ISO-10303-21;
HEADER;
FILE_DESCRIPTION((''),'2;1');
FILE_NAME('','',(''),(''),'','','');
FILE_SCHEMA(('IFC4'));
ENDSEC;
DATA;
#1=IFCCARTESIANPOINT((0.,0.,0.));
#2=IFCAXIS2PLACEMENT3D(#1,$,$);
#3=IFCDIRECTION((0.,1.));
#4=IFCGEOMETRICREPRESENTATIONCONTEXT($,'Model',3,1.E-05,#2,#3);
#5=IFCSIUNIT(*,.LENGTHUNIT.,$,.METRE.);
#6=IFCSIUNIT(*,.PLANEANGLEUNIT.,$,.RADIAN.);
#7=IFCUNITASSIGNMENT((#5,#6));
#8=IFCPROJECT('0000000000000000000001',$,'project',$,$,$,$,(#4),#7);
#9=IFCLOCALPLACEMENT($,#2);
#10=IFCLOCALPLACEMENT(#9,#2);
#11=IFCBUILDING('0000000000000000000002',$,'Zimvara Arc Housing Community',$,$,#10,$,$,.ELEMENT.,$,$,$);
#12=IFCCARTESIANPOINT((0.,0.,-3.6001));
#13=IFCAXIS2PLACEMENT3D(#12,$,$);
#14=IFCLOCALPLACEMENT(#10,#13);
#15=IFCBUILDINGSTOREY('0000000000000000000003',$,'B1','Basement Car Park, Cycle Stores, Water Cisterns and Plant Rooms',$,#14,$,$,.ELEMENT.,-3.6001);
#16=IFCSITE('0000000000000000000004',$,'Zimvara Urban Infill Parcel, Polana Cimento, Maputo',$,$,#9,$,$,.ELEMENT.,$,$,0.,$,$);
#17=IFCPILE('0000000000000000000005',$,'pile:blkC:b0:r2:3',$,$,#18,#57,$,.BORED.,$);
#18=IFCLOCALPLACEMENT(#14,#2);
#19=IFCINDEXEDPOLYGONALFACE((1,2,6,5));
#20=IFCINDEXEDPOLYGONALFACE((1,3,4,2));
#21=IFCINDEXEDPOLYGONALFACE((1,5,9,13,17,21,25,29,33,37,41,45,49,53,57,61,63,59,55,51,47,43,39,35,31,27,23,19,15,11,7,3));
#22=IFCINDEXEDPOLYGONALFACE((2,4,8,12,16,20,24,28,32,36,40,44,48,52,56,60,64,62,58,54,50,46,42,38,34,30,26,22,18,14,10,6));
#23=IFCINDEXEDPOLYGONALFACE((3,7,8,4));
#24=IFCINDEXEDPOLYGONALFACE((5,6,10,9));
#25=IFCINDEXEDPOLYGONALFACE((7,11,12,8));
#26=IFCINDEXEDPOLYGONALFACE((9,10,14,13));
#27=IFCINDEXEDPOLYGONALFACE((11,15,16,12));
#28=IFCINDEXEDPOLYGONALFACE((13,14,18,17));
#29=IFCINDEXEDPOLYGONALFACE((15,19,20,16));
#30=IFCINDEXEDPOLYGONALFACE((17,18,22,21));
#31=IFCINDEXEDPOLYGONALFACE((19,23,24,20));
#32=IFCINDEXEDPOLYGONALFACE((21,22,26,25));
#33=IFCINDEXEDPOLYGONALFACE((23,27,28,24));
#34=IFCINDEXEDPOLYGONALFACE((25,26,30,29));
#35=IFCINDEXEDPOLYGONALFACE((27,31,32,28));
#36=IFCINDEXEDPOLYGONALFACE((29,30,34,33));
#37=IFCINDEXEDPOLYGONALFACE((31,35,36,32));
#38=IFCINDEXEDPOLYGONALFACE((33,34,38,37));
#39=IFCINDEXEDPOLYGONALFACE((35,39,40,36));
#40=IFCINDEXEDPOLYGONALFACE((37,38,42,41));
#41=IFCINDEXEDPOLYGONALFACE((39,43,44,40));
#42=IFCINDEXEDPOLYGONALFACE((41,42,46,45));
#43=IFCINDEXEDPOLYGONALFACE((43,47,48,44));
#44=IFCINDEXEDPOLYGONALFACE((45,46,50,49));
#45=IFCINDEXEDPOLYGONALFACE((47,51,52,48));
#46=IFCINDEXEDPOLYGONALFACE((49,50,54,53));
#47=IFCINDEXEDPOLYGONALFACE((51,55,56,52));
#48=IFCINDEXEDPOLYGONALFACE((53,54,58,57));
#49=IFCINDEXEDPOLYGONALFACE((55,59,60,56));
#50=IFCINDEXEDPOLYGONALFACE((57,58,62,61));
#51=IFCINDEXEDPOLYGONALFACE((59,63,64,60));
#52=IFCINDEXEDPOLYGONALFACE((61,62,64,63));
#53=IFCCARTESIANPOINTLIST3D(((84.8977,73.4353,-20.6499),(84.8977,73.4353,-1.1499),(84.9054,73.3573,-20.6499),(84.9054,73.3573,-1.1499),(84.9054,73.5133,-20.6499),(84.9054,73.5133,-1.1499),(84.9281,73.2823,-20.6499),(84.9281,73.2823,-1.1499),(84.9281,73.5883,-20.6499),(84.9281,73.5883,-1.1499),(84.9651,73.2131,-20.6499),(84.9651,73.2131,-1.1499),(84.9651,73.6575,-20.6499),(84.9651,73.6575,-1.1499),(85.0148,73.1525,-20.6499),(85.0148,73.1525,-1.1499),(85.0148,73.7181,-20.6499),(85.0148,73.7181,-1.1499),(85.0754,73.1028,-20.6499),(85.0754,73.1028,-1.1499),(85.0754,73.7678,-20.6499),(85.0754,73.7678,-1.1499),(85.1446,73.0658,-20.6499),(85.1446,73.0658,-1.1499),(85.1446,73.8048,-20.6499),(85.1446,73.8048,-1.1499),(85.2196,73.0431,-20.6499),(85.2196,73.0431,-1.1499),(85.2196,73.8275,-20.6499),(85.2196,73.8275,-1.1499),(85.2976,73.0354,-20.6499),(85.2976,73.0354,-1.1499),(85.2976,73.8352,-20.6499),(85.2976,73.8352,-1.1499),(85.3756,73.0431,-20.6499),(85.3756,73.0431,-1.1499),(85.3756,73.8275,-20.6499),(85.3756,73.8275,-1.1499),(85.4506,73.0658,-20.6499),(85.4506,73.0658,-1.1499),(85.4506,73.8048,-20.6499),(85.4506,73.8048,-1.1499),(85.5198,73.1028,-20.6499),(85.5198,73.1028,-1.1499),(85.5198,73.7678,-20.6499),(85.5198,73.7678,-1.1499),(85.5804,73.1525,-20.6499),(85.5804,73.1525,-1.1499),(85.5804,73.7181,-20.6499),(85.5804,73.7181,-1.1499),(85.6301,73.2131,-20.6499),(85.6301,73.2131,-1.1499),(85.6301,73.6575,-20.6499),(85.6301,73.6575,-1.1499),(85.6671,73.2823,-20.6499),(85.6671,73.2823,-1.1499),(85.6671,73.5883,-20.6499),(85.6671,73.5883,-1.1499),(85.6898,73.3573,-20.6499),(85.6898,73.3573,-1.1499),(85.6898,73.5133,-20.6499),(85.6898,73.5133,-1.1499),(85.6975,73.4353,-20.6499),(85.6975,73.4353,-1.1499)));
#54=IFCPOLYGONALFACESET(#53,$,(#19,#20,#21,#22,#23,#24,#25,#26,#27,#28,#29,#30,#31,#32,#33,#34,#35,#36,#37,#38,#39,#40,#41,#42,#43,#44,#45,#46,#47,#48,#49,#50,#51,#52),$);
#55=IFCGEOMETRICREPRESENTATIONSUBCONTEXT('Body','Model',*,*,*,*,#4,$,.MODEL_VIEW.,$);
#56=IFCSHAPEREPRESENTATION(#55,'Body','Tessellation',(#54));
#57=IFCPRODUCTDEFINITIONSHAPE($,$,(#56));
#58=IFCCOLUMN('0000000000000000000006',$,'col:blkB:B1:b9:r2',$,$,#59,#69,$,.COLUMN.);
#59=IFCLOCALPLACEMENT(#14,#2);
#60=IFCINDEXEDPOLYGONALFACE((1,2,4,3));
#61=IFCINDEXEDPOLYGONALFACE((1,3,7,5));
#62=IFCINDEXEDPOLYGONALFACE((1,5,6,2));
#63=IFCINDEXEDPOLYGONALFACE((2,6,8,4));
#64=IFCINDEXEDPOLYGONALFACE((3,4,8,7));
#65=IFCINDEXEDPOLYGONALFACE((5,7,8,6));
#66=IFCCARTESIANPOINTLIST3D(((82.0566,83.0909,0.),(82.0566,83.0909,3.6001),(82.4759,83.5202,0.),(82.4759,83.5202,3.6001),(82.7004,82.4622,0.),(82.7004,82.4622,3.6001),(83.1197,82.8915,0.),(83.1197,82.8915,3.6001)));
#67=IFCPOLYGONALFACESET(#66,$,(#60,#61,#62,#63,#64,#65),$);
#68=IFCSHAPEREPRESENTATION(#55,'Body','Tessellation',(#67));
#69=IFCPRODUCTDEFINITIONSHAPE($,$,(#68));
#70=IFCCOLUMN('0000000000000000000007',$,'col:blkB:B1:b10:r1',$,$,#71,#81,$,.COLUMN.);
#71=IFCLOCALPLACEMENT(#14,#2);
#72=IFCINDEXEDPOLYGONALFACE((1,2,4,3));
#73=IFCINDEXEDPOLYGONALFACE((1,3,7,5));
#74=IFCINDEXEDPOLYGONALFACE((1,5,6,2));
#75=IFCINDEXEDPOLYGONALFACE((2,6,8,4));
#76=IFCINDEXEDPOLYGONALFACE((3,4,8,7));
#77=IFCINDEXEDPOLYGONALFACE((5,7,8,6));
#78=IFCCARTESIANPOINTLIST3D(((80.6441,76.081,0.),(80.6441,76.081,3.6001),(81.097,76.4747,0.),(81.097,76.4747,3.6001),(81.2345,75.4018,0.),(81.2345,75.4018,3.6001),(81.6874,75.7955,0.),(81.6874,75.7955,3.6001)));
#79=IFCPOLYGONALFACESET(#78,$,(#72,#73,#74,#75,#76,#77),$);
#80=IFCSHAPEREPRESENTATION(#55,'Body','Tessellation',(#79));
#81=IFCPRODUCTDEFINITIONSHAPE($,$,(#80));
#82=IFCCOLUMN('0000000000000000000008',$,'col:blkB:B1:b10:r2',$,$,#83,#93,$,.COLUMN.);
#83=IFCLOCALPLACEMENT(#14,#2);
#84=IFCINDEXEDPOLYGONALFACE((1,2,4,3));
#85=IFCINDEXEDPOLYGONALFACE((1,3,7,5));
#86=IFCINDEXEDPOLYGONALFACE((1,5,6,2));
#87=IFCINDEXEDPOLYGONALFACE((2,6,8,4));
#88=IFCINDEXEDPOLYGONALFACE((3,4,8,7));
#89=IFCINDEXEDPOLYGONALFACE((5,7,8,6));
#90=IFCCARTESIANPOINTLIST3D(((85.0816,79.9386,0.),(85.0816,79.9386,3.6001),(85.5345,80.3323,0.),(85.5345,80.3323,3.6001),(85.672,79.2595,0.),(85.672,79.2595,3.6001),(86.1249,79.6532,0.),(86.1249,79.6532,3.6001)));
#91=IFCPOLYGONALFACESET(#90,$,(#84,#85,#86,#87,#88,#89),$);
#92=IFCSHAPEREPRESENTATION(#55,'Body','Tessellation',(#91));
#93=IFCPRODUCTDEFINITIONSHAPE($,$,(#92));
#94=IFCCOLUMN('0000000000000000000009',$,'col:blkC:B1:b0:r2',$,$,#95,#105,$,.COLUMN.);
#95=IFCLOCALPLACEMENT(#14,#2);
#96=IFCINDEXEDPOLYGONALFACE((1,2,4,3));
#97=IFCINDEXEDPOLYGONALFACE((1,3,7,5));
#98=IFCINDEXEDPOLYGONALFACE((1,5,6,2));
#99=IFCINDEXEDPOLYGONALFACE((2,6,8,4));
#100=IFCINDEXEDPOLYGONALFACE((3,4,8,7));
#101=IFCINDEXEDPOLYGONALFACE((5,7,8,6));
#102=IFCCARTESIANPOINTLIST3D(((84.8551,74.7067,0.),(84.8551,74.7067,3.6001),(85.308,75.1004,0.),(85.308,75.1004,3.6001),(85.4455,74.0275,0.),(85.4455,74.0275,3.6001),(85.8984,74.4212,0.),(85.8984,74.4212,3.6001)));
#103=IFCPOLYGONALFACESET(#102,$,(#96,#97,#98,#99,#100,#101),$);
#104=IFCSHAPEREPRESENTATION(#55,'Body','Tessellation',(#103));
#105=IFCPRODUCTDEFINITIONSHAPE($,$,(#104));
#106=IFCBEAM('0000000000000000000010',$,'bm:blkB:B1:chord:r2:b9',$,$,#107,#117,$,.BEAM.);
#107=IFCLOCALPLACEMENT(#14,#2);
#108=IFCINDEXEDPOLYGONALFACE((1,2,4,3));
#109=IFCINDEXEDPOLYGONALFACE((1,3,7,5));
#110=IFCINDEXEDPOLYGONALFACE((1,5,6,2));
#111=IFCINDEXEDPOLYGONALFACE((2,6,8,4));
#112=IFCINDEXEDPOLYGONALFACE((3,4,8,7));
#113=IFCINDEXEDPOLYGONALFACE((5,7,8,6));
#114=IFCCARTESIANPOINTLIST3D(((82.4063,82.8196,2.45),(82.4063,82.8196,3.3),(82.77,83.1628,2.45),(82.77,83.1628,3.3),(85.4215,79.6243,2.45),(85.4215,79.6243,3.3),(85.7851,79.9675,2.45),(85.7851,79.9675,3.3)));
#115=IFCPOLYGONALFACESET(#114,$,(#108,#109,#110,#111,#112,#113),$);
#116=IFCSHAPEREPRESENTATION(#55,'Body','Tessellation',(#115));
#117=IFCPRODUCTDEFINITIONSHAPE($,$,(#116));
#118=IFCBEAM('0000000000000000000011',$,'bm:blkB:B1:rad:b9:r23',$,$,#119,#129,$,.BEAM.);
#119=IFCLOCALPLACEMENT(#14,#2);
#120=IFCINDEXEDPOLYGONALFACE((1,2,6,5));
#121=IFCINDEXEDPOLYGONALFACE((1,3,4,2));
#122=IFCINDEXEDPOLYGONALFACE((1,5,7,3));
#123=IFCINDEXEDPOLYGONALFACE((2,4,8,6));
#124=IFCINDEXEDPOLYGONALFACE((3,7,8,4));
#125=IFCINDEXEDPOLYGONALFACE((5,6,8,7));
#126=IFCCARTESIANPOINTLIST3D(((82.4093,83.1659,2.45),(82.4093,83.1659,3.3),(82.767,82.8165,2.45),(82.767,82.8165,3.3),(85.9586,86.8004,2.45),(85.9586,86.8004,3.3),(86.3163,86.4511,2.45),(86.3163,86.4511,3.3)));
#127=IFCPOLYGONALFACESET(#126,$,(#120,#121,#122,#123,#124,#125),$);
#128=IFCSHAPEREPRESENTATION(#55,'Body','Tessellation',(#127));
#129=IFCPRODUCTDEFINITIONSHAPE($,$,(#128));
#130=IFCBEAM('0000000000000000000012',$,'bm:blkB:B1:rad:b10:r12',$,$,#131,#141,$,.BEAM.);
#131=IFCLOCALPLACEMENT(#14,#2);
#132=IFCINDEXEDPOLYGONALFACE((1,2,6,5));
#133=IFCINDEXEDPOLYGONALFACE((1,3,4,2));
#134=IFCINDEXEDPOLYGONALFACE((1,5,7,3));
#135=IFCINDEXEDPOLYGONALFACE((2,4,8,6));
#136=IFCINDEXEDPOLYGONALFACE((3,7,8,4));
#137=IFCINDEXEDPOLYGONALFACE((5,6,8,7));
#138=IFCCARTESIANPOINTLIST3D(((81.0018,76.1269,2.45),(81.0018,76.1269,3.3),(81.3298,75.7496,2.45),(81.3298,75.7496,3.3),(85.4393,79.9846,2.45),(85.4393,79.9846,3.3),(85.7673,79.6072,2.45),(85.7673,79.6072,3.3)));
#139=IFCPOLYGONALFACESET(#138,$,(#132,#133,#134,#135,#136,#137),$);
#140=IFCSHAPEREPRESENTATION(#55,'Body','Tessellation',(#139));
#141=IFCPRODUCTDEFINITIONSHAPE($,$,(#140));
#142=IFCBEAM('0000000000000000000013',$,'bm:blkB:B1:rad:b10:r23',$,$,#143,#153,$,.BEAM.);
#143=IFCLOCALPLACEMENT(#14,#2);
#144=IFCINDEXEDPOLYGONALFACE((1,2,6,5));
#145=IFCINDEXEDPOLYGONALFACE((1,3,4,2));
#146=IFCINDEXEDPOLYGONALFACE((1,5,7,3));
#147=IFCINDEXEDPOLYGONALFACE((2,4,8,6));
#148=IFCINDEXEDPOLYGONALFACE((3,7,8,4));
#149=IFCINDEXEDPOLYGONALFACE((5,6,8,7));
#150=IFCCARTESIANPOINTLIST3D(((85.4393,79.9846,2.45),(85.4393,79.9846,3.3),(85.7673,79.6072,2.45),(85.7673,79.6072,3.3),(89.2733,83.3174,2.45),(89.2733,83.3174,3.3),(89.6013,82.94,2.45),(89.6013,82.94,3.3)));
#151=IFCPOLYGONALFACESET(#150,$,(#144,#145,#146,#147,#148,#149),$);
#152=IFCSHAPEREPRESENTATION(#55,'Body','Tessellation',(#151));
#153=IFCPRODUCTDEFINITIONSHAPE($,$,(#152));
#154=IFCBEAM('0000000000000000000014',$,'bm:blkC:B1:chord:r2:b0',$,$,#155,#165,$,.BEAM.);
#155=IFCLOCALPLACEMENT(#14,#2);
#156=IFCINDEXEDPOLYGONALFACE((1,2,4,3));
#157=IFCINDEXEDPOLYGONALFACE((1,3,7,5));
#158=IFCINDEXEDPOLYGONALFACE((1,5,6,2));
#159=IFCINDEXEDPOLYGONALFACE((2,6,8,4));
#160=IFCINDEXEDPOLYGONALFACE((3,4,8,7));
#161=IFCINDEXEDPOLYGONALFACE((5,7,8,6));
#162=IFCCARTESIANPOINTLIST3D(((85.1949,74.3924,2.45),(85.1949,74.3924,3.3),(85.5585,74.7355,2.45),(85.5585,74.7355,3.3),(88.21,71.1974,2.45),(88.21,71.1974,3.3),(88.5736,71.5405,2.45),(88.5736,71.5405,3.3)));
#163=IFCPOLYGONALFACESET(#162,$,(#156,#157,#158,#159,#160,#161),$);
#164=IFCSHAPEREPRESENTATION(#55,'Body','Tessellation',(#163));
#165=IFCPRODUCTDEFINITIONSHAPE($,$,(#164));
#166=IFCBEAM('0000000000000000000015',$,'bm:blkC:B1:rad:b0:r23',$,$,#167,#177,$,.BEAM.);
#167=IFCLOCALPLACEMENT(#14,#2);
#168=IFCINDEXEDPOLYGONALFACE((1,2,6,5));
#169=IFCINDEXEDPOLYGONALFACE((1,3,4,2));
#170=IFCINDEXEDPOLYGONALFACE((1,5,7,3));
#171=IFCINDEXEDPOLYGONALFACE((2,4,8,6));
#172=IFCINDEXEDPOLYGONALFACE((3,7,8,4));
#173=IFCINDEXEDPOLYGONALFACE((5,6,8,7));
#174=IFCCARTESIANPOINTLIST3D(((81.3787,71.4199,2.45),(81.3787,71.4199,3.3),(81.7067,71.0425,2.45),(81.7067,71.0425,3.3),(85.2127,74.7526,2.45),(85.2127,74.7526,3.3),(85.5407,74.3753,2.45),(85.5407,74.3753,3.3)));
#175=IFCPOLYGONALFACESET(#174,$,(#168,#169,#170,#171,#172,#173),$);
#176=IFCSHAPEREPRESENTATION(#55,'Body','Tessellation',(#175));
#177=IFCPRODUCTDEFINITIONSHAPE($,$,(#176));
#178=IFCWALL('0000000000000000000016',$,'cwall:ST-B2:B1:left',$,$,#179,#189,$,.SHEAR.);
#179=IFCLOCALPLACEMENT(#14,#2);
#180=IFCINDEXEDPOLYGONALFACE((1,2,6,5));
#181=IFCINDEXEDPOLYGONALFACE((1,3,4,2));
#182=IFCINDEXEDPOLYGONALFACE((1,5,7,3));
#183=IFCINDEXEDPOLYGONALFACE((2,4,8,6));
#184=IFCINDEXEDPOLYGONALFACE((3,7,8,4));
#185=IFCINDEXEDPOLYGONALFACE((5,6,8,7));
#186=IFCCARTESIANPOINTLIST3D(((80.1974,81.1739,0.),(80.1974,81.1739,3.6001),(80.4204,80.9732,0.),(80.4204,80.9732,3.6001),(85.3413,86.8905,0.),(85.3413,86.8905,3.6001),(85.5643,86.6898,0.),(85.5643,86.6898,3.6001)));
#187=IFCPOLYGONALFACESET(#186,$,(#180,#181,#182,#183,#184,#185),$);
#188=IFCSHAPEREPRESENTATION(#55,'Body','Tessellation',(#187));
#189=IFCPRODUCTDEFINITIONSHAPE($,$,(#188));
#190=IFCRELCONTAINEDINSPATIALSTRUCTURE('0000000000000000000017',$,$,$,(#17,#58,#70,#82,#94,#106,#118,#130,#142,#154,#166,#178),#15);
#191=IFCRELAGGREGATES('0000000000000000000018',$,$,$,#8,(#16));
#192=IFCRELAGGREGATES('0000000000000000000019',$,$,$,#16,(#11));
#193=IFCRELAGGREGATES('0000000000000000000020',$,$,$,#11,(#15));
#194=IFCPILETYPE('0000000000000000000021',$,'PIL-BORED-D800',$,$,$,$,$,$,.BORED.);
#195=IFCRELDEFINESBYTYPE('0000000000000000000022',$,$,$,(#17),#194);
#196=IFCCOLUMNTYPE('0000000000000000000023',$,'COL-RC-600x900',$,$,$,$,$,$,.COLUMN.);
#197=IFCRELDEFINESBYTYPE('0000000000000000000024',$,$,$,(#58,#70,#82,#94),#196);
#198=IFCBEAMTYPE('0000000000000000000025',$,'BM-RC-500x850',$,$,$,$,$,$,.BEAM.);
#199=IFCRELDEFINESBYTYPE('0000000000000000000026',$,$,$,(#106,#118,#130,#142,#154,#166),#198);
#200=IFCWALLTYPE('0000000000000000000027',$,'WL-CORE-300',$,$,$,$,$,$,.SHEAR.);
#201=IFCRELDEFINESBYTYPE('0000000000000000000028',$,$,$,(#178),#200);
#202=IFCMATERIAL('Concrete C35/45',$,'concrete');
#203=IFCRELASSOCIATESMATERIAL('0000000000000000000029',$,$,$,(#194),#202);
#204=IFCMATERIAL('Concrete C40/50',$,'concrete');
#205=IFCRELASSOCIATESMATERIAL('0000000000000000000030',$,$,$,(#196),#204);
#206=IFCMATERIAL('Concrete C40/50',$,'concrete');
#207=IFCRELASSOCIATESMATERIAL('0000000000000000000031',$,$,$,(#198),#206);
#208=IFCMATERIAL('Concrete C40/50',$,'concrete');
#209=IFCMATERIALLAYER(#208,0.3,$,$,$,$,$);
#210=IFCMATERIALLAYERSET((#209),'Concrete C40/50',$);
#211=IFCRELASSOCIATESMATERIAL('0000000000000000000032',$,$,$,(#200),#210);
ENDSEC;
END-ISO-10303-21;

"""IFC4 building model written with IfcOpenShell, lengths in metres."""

from ifc_helpers import new_model, si_unit, direction, frame, frame_2d, origin, origin_2d, place, context, subcontext, project, spatial, rectangle, circle, extrude, material, layer, layer_set, material_profile, profile_set, type_object, element, save


model = new_model("IFC4")

# Units and contexts
model_context = context("Model", 3, precision=1e-05, world=origin(), true_north=direction((0.0, 1.0)))
body_context = subcontext(model_context, "Body", "Model", "MODEL_VIEW")
ifc_project = project(units=[si_unit("LENGTHUNIT", "METRE"), si_unit("PLANEANGLEUNIT", "RADIAN")], contexts=[model_context])

# Site, building, storey
site_placement = place(None, origin())
site = spatial("IfcSite", under=ifc_project, at=site_placement, Name="Zimvara Urban Infill Parcel, Polana Cimento, Maputo", CompositionType="ELEMENT", RefElevation=0.0)
building_placement = place(site_placement, origin())
building = spatial("IfcBuilding", under=site, at=building_placement, Name="Zimvara Arc Housing Community", CompositionType="ELEMENT")
storey_placement = place(building_placement, frame((0.0, 0.0, -3.6001)))
storey = spatial("IfcBuildingStorey", under=building, at=storey_placement, Name="B1", Description="Basement Car Park, Cycle Stores, Water Cisterns and Plant Rooms", CompositionType="ELEMENT", Elevation=-3.6001)

# Pile
ifc_material_1 = material(Name="Concrete C35/45", Category="concrete")
ifc_material_profile_1 = material_profile(ifc_material_1, circle(Radius=0.3999, at=origin_2d()), Name="PILE D800")
ifc_profile_set_1 = profile_set([ifc_material_profile_1], Name="Concrete C35/45")
pile_type = type_object("IfcPileType", Name="PIL-BORED-D800", PredefinedType="BORED", material=ifc_profile_set_1)
for number, where, z_axis, x_axis, name in (
    (1, (85.2976, 73.4353, -1.1499), (0.0, 0.0, -1.0), (1.0, 0.0, 0.0), "pile:blkC:b0:r2:3"),
):
    element("IfcPile", number, at=place(storey_placement, frame(where, z_axis=z_axis, x_axis=x_axis)), inside=storey, type_object=pile_type, Name=name, PredefinedType="BORED", context=body_context, shape_type="SweptSolid", body=[
        extrude(circle(Radius=0.3999, at=origin_2d()), origin(), (0.0, 0.0, 1.0), 19.5),
    ])

# Columns
ifc_material_2 = material(Name="Concrete C40/50", Category="concrete")
ifc_material_profile_2 = material_profile(ifc_material_2, rectangle(XDim=0.6001, YDim=0.8999, at=origin_2d()), Name="RC 600x900")
ifc_profile_set_2 = profile_set([ifc_material_profile_2], Name="Concrete C40/50")
column_type = type_object("IfcColumnType", Name="COL-RC-600x900", PredefinedType="COLUMN", material=ifc_profile_set_2)
for number, where, z_axis, x_axis, name in (
    (2, (82.5881, 82.9912, 0.0), (0.0, 0.0, 1.0), (0.698665, 0.715449, 0.0), "col:blkB:B1:b9:r2"),
    (3, (81.1658, 75.9382, 0.0), (0.0, 0.0, 1.0), (0.75471, 0.656059, 0.0), "col:blkB:B1:b10:r1"),
    (4, (85.6033, 79.7959, 0.0), (0.0, 0.0, 1.0), (0.75471, 0.656059, 0.0), "col:blkB:B1:b10:r2"),
    (5, (85.3767, 74.564, 0.0), (0.0, 0.0, 1.0), (-0.75471, -0.656059, 0.0), "col:blkC:B1:b0:r2"),
):
    element("IfcColumn", number, at=place(storey_placement, frame(where, z_axis=z_axis, x_axis=x_axis)), inside=storey, type_object=column_type, Name=name, PredefinedType="COLUMN", context=body_context, shape_type="SweptSolid", body=[
        extrude(rectangle(XDim=0.6001, YDim=0.8999, at=origin_2d()), origin(), (0.0, 0.0, 1.0), 3.6001),
    ])

# Beams
ifc_material_3 = material(Name="Concrete C40/50", Category="concrete")
ifc_material_profile_3 = material_profile(ifc_material_3, rectangle(XDim=0.5, YDim=0.8501, at=origin_2d()), Name="RC 500x850")
ifc_profile_set_3 = profile_set([ifc_material_profile_3], Name="Concrete C40/50")
beam_type = type_object("IfcBeamType", Name="BM-RC-500x850", PredefinedType="BEAM", material=ifc_profile_set_3)
beam_1_placement = place(storey_placement, frame((82.5881, 82.9912, 2.875), z_axis=(0.686304, -0.727315, 0.0), x_axis=(0.727315, 0.686304, 0.0)))
element("IfcBeam", 6, at=beam_1_placement, inside=storey, type_object=beam_type, Name="bm:blkB:B1:chord:r2:b9", PredefinedType="BEAM", context=body_context, shape_type="SweptSolid", body=[
    extrude(rectangle(XDim=0.5, YDim=0.8501, at=origin_2d()), origin(), (0.0, 0.0, 1.0), 4.3933),
])
beam_2_placement = place(storey_placement, frame((82.5881, 82.9912, 2.875), z_axis=(0.698671, 0.715443, 0.0), x_axis=(-0.715443, 0.698671, 0.0)))
element("IfcBeam", 7, at=beam_2_placement, inside=storey, type_object=beam_type, Name="bm:blkB:B1:rad:b9:r23", PredefinedType="BEAM", context=body_context, shape_type="SweptSolid", body=[
    extrude(rectangle(XDim=0.5, YDim=0.8501, at=origin_2d()), origin(), (0.0, 0.0, 1.0), 5.0801),
])
beam_3_placement = place(storey_placement, frame((81.1658, 75.9382, 2.875), z_axis=(0.754692, 0.656079, 0.0), x_axis=(-0.656079, 0.754692, 0.0)))
element("IfcBeam", 8, at=beam_3_placement, inside=storey, type_object=beam_type, Name="bm:blkB:B1:rad:b10:r12", PredefinedType="BEAM", context=body_context, shape_type="SweptSolid", body=[
    extrude(rectangle(XDim=0.5, YDim=0.8501, at=origin_2d()), origin(), (0.0, 0.0, 1.0), 5.8799),
])
beam_4_placement = place(storey_placement, frame((85.6033, 79.7959, 2.875), z_axis=(0.754716, 0.656051, 0.0), x_axis=(-0.656051, 0.754716, 0.0)))
element("IfcBeam", 9, at=beam_4_placement, inside=storey, type_object=beam_type, Name="bm:blkB:B1:rad:b10:r23", PredefinedType="BEAM", context=body_context, shape_type="SweptSolid", body=[
    extrude(rectangle(XDim=0.5, YDim=0.8501, at=origin_2d()), origin(), (0.0, 0.0, 1.0), 5.0801),
])
beam_5_placement = place(storey_placement, frame((85.3767, 74.564, 2.875), z_axis=(0.686331, -0.727289, 0.0), x_axis=(0.727289, 0.686331, 0.0)))
element("IfcBeam", 10, at=beam_5_placement, inside=storey, type_object=beam_type, Name="bm:blkC:B1:chord:r2:b0", PredefinedType="BEAM", context=body_context, shape_type="SweptSolid", body=[
    extrude(rectangle(XDim=0.5, YDim=0.8501, at=origin_2d()), origin(), (0.0, 0.0, 1.0), 4.3931),
])
beam_6_placement = place(storey_placement, frame((85.3767, 74.564, 2.875), z_axis=(-0.754716, -0.656051, 0.0), x_axis=(0.656051, -0.754716, 0.0)))
element("IfcBeam", 11, at=beam_6_placement, inside=storey, type_object=beam_type, Name="bm:blkC:B1:rad:b0:r23", PredefinedType="BEAM", context=body_context, shape_type="SweptSolid", body=[
    extrude(rectangle(XDim=0.5, YDim=0.8501, at=origin_2d()), origin(), (0.0, 0.0, 1.0), 5.0801),
])

# Shared definitions
ifc_material_4 = material(Name="Concrete C40/50", Category="concrete")
ifc_layer_1 = layer(ifc_material_4, 0.3)
ifc_layer_set_1 = layer_set([ifc_layer_1], Name="Concrete C40/50")
wall_type_1 = type_object("IfcWallType", Name="WL-CORE-300", PredefinedType="SHEAR", material=ifc_layer_set_1)

# Wall
wall_1_placement = place(storey_placement, frame((80.3088, 81.0735, 0.0), z_axis=(0.0, 0.0, 1.0), x_axis=(0.668886, 0.743365, 0.0)))
element("IfcWall", 12, at=wall_1_placement, inside=storey, type_object=wall_type_1, Name="cwall:ST-B2:B1:left", PredefinedType="SHEAR", context=body_context, shape_type="SweptSolid", body=[
    extrude(rectangle(XDim=7.6902, YDim=0.3, at=frame_2d((3.8452, 0.0))), origin(), (0.0, 0.0, 1.0), 3.6001),
])

save(model, "model.ifc")
